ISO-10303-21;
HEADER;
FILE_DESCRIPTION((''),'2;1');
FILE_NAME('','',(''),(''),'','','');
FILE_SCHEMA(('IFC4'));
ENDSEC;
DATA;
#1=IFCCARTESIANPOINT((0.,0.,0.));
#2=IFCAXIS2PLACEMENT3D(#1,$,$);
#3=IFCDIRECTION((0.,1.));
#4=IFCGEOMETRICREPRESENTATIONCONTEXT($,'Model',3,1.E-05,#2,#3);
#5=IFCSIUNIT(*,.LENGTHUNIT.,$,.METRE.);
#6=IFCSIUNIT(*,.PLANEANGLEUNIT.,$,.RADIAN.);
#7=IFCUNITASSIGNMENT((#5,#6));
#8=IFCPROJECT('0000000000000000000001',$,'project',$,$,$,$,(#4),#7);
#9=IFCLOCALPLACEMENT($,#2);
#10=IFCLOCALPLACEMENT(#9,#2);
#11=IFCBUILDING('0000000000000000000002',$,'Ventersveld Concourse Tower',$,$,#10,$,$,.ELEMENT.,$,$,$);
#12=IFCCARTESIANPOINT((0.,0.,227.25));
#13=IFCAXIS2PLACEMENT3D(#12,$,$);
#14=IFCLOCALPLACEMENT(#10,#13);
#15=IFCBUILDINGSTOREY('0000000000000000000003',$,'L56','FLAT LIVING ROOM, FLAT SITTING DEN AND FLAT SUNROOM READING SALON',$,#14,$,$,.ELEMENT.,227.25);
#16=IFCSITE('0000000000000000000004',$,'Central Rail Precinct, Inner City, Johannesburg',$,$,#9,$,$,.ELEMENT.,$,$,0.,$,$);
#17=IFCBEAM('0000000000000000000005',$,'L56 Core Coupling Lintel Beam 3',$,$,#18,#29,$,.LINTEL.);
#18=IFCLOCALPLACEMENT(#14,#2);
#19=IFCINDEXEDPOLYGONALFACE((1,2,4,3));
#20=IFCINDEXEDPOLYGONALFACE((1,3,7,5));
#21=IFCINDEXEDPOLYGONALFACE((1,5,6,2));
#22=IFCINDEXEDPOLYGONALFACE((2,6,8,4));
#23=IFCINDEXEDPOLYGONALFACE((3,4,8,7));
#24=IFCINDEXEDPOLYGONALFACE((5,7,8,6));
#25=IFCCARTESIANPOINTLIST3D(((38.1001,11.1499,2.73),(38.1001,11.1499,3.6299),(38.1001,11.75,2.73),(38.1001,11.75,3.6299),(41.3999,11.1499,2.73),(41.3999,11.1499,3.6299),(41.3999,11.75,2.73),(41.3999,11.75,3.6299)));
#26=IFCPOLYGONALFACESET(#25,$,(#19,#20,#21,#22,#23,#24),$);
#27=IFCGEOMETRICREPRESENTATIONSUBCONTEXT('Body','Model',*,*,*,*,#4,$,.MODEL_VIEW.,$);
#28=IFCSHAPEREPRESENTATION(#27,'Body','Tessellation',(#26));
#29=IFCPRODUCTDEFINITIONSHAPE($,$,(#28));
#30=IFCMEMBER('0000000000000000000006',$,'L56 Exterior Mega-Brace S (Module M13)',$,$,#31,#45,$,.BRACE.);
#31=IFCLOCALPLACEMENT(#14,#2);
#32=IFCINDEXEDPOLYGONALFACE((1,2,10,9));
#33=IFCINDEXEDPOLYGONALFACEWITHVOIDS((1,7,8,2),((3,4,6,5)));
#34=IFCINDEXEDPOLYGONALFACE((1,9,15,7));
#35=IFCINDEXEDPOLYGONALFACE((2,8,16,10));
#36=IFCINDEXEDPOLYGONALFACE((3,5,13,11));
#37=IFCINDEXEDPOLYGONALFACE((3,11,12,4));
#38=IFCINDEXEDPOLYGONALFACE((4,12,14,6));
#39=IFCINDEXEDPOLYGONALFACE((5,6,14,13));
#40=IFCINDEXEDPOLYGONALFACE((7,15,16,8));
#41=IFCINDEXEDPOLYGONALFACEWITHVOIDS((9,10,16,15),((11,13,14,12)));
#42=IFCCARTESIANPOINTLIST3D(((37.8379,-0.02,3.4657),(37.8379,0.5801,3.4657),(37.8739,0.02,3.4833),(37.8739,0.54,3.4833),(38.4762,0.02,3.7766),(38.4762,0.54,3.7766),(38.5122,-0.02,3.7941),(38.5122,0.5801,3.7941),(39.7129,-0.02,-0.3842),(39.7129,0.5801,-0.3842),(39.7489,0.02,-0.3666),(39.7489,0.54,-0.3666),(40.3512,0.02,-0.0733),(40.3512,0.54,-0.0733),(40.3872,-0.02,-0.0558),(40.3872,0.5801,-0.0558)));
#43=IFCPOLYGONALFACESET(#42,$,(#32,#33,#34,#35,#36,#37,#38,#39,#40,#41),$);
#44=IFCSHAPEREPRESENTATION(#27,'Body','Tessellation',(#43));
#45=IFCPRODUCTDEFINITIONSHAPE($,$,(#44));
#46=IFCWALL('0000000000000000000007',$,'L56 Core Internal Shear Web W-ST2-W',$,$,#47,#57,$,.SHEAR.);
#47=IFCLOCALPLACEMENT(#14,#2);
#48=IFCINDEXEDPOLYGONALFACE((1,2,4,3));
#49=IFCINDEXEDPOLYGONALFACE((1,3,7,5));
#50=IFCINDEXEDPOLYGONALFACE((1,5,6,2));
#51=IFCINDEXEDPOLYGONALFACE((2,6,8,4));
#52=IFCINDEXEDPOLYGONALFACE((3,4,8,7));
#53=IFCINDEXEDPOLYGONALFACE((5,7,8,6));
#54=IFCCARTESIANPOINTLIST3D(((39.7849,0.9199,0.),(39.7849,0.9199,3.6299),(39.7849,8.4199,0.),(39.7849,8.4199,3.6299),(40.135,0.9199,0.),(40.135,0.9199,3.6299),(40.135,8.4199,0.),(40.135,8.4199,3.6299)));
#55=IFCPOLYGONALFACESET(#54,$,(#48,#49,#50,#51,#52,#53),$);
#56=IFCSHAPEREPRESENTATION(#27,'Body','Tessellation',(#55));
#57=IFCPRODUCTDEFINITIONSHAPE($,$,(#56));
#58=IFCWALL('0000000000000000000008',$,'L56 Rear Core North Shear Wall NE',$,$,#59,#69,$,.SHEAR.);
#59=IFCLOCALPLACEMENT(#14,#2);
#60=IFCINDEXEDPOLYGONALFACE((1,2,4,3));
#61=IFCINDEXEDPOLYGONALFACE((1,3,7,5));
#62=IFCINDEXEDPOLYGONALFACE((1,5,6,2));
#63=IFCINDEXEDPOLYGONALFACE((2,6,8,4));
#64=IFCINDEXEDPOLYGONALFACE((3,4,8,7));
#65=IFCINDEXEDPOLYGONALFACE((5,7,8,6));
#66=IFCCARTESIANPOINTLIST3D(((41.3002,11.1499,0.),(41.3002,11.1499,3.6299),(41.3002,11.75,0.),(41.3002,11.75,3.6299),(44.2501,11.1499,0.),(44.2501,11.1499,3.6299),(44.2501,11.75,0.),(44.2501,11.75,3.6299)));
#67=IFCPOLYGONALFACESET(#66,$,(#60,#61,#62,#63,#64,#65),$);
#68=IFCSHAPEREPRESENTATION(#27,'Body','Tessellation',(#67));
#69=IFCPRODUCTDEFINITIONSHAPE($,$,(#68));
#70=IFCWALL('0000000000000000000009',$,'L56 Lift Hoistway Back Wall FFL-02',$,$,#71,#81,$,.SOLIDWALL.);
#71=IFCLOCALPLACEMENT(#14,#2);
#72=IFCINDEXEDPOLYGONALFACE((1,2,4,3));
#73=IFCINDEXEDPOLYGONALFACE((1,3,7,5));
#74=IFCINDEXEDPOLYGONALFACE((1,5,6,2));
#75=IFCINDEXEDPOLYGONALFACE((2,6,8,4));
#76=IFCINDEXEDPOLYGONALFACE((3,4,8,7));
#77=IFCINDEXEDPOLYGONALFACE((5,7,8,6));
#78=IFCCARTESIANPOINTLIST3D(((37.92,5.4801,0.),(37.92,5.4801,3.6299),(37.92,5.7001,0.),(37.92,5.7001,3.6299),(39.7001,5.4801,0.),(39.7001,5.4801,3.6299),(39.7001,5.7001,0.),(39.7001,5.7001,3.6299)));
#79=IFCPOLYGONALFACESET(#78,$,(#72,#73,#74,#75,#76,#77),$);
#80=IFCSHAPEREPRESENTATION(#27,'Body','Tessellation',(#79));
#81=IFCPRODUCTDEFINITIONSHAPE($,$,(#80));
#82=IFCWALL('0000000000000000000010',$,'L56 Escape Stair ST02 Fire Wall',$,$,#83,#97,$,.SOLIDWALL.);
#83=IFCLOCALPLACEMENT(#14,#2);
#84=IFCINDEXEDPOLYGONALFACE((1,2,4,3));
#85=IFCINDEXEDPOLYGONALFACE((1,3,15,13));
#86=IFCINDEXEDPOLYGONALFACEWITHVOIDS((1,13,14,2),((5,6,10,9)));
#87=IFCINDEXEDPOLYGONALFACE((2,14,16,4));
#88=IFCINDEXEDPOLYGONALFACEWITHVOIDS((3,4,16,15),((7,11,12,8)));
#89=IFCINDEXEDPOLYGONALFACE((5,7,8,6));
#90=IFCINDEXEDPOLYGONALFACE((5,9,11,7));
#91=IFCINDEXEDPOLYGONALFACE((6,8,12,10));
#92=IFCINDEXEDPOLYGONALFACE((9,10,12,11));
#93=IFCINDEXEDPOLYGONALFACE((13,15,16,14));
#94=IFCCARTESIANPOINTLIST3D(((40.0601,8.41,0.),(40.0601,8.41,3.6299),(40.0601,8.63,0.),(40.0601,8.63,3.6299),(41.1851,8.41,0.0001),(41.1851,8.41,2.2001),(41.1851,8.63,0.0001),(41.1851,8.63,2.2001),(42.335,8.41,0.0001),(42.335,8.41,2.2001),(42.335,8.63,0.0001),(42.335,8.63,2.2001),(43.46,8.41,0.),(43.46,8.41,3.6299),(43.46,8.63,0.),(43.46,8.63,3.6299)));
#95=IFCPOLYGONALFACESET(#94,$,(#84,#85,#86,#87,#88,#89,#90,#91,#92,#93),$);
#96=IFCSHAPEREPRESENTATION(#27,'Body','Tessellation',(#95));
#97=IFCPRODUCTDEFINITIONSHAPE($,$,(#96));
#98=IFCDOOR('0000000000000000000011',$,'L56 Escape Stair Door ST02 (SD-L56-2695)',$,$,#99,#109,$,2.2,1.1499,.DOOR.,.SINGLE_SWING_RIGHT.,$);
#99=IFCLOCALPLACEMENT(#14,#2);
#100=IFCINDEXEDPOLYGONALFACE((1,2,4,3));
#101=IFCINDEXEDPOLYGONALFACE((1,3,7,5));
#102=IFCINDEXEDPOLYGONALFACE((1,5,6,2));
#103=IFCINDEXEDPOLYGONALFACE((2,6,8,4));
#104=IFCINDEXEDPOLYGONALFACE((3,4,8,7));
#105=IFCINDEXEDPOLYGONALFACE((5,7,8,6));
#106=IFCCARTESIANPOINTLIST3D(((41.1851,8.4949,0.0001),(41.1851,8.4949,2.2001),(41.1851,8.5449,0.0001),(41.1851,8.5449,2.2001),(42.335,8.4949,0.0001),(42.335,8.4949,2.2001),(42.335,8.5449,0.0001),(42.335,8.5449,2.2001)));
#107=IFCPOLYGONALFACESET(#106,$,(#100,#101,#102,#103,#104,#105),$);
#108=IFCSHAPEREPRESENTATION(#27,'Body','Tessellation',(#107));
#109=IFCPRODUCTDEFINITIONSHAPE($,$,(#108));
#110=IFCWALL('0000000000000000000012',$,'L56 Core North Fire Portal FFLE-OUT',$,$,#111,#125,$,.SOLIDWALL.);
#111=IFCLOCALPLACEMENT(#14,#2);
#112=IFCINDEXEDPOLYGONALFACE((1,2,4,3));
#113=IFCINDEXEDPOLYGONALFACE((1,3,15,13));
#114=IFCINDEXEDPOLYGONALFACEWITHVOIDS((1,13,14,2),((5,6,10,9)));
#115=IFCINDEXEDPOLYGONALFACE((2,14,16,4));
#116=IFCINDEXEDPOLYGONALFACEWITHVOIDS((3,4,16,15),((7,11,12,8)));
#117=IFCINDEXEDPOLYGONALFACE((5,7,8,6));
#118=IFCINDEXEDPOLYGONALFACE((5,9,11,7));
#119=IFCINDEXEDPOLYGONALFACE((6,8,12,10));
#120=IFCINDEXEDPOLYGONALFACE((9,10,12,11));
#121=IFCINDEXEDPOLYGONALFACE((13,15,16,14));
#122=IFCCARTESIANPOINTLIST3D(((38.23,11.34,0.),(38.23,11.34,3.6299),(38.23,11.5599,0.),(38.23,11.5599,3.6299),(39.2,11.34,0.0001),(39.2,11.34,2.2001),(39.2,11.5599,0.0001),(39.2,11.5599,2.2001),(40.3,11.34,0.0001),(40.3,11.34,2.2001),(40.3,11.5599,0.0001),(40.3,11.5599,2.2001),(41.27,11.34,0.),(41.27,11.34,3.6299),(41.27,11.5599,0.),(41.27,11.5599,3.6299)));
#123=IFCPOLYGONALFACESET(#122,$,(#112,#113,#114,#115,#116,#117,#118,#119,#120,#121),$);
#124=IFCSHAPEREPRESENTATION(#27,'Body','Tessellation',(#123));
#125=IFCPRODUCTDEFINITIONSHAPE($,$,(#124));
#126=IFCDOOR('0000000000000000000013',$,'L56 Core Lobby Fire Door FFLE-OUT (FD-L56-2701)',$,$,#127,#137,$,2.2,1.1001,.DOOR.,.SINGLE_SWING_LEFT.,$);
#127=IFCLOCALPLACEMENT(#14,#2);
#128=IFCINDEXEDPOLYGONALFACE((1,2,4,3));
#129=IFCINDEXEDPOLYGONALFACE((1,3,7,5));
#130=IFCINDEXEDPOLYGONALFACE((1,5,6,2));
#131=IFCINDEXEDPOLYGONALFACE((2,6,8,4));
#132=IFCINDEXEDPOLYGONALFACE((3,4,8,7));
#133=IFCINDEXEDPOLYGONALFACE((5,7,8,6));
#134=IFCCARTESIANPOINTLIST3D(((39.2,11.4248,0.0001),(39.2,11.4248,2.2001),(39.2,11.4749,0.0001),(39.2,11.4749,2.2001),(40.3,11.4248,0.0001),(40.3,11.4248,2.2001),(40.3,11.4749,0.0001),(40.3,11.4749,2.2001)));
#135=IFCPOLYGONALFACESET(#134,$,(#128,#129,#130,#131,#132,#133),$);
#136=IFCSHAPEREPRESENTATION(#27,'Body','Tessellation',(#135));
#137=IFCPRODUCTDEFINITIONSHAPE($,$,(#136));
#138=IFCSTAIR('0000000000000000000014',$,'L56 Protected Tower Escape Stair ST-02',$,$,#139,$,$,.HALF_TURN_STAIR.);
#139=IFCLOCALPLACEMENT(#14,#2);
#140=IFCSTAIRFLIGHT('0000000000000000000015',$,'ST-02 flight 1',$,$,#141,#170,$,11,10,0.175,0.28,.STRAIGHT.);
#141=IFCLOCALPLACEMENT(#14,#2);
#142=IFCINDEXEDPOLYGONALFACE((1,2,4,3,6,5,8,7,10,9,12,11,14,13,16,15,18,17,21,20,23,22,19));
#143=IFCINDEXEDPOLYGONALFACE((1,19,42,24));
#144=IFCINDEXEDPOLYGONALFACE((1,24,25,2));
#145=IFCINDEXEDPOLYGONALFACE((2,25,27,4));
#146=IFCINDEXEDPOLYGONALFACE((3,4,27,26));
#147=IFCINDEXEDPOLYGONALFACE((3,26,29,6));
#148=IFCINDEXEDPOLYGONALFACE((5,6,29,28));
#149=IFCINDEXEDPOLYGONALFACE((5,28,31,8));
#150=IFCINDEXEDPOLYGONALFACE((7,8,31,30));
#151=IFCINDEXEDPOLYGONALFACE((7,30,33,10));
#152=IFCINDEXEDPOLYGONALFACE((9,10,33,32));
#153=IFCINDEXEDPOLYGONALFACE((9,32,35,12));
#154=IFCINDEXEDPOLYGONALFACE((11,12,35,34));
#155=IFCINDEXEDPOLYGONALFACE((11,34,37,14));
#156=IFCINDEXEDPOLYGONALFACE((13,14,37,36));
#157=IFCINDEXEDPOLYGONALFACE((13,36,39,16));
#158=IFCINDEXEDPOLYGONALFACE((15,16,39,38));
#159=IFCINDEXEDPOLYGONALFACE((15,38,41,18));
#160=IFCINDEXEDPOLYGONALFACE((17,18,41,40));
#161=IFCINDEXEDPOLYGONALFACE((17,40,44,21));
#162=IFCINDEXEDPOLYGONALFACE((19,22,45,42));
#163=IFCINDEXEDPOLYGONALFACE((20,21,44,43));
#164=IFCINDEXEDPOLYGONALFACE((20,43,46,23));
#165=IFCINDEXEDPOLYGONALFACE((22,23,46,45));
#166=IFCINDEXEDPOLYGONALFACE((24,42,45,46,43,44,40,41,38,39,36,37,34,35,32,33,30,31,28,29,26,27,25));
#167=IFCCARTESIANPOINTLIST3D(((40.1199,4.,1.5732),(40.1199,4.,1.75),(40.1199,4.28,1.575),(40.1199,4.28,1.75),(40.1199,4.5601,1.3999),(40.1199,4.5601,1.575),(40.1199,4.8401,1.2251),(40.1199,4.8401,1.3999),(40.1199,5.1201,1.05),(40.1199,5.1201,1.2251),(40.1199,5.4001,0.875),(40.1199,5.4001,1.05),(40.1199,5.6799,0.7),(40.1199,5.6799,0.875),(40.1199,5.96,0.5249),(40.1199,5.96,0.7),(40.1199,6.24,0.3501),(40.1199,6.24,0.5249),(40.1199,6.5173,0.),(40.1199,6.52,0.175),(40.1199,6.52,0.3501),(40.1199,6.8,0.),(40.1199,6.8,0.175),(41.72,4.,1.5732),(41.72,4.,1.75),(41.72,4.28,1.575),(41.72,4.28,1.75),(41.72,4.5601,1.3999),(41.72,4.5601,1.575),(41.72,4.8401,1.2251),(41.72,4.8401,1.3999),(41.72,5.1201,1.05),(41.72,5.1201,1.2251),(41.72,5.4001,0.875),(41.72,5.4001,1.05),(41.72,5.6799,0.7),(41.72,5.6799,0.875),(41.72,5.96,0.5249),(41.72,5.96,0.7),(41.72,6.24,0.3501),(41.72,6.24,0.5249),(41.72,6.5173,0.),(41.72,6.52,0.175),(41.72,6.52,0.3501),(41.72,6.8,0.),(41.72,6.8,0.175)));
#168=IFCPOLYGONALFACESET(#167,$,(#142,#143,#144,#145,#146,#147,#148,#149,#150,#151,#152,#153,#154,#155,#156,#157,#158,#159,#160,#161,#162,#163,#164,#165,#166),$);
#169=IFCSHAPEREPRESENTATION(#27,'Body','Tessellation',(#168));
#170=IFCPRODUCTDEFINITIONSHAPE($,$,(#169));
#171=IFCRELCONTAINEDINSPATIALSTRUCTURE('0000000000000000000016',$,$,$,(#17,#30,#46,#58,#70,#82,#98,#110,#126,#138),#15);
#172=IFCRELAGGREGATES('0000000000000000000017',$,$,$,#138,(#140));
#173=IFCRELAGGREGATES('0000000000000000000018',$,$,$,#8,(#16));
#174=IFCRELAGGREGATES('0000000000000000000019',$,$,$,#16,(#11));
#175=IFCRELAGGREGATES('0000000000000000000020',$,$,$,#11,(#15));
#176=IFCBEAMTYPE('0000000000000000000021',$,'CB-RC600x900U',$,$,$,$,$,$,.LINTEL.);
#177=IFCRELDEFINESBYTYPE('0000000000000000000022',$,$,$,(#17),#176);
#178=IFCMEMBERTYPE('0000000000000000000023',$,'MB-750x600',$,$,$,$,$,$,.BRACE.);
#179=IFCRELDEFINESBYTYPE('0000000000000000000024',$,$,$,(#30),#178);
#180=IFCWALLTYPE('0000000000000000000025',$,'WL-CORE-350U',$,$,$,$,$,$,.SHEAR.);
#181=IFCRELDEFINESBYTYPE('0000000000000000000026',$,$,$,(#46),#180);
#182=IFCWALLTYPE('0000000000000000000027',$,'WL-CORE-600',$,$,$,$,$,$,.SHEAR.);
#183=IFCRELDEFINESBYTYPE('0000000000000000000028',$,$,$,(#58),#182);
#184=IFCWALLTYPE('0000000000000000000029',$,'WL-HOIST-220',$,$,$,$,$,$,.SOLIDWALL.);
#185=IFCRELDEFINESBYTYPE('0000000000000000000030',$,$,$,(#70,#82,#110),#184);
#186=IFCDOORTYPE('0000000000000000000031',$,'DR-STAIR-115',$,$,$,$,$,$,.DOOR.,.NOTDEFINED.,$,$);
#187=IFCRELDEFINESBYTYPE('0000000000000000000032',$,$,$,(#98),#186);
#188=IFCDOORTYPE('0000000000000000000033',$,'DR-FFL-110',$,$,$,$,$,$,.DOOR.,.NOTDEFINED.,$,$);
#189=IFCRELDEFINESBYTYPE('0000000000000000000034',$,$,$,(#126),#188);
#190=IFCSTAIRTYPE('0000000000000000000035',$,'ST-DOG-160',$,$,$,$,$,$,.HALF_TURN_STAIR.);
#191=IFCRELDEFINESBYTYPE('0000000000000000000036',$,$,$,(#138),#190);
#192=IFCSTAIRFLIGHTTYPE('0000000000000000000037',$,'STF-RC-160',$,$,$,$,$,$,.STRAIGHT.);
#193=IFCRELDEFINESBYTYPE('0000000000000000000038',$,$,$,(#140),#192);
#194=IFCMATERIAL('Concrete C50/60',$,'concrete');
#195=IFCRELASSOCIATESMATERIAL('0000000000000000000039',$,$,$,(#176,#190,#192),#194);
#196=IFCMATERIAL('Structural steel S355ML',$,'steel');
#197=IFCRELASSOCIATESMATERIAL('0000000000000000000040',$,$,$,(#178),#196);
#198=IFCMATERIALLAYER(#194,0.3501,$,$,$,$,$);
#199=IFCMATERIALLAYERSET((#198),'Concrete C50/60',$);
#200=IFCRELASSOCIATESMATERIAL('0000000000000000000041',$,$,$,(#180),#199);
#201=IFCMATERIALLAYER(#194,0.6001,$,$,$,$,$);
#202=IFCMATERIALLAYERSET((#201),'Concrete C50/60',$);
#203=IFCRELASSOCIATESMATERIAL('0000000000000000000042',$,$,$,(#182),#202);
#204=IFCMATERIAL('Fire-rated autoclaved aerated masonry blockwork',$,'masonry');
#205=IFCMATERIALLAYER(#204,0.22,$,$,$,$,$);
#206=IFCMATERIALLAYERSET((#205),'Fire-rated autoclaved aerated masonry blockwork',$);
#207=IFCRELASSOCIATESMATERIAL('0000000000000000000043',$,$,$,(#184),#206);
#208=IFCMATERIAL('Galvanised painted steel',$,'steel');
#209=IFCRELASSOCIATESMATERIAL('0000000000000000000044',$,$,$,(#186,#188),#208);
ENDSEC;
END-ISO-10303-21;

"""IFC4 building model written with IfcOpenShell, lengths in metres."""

from ifc_helpers import new_model, si_unit, direction, frame, frame_2d, origin, origin_2d, place, context, subcontext, project, spatial, polyline, rectangle, hollow_rectangle, outline, extrude, material, layer, layer_set, material_profile, profile_set, type_object, element, fill, aggregate, save


model = new_model("IFC4")

# Units and contexts
model_context = context("Model", 3, precision=1e-05, world=origin(), true_north=direction((0.0, 1.0)))
body_context = subcontext(model_context, "Body", "Model", "MODEL_VIEW")
ifc_project = project(units=[si_unit("LENGTHUNIT", "METRE"), si_unit("PLANEANGLEUNIT", "RADIAN")], contexts=[model_context])

# Site, building, storey
site_placement = place(None, origin())
site = spatial("IfcSite", under=ifc_project, at=site_placement, Name="Central Rail Precinct, Inner City, Johannesburg", CompositionType="ELEMENT", RefElevation=0.0)
building_placement = place(site_placement, origin())
building = spatial("IfcBuilding", under=site, at=building_placement, Name="Ventersveld Concourse Tower", CompositionType="ELEMENT")
storey_placement = place(building_placement, frame((0.0, 0.0, 227.25)))
storey = spatial("IfcBuildingStorey", under=building, at=storey_placement, Name="L56", Description="FLAT LIVING ROOM, FLAT SITTING DEN AND FLAT SUNROOM READING SALON", CompositionType="ELEMENT", Elevation=227.25)

# Beam
ifc_material_1 = material(Name="Concrete C50/60", Category="concrete")
ifc_material_profile_1 = material_profile(ifc_material_1, rectangle(XDim=0.6001, YDim=0.8999, at=origin_2d()), Name="RC 600x900")
ifc_profile_set_1 = profile_set([ifc_material_profile_1], Name="Concrete C50/60")
beam_type = type_object("IfcBeamType", Name="CB-RC600x900U", PredefinedType="LINTEL", material=ifc_profile_set_1)
beam_placement = place(storey_placement, frame((38.1001, 11.45, 3.1799), z_axis=(1.0, 0.0, 0.0), x_axis=(0.0, 1.0, 0.0)))
element("IfcBeam", 1, at=beam_placement, inside=storey, type_object=beam_type, Name="L56 Core Coupling Lintel Beam 3", PredefinedType="LINTEL", context=body_context, shape_type="SweptSolid", body=[
    extrude(rectangle(XDim=0.6001, YDim=0.8999, at=origin_2d()), origin(), (0.0, 0.0, 1.0), 3.2998),
])

# Member
ifc_material_2 = material(Name="Structural steel S355ML", Category="steel")
ifc_material_profile_2 = material_profile(ifc_material_2, hollow_rectangle(XDim=0.6001, YDim=0.75, WallThickness=0.04, at=origin_2d()), Name="BOX 750x600x40")
ifc_profile_set_2 = profile_set([ifc_material_profile_2], Name="Structural steel S355ML")
member_type = type_object("IfcMemberType", Name="MB-750x600", PredefinedType="BRACE", material=ifc_profile_set_2)
member_placement = place(storey_placement, frame((40.05, 0.28, -0.22), z_axis=(-0.437862, 0.0, 0.899042), x_axis=(0.0, -1.0, 0.0)))
element("IfcMember", 2, at=member_placement, inside=storey, type_object=member_type, Name="L56 Exterior Mega-Brace S (Module M13)", PredefinedType="BRACE", context=body_context, shape_type="SweptSolid", body=[
    extrude(hollow_rectangle(XDim=0.6001, YDim=0.75, WallThickness=0.04, at=origin_2d()), origin(), (0.0, 0.0, 1.0), 4.2822),
])

# Walls
ifc_layer_1 = layer(ifc_material_1, 0.3501)
ifc_layer_set_1 = layer_set([ifc_layer_1], Name="Concrete C50/60")
wall_type_1 = type_object("IfcWallType", Name="WL-CORE-350U", PredefinedType="SHEAR", material=ifc_layer_set_1)
wall_1_placement = place(storey_placement, frame((39.96, 0.9199, 0.0), z_axis=(0.0, 0.0, 1.0), x_axis=(0.0, 1.0, 0.0)))
element("IfcWall", 3, at=wall_1_placement, inside=storey, type_object=wall_type_1, Name="L56 Core Internal Shear Web W-ST2-W", PredefinedType="SHEAR", context=body_context, shape_type="SweptSolid", body=[
    extrude(rectangle(XDim=7.5, YDim=0.3501, at=frame_2d((3.75, 0.0))), origin(), (0.0, 0.0, 1.0), 3.6299),
])
ifc_layer_2 = layer(ifc_material_1, 0.6001)
ifc_layer_set_2 = layer_set([ifc_layer_2], Name="Concrete C50/60")
wall_type_2 = type_object("IfcWallType", Name="WL-CORE-600", PredefinedType="SHEAR", material=ifc_layer_set_2)
wall_2_placement = place(storey_placement, frame((41.3, 11.45, 0.0), z_axis=(0.0, 0.0, 1.0), x_axis=(1.0, 0.0, 0.0)))
element("IfcWall", 4, at=wall_2_placement, inside=storey, type_object=wall_type_2, Name="L56 Rear Core North Shear Wall NE", PredefinedType="SHEAR", context=body_context, shape_type="SweptSolid", body=[
    extrude(rectangle(XDim=2.95, YDim=0.6001, at=frame_2d((1.4751, 0.0))), origin(), (0.0, 0.0, 1.0), 3.6299),
])
ifc_material_3 = material(Name="Fire-rated autoclaved aerated masonry blockwork", Category="masonry")
ifc_layer_3 = layer(ifc_material_3, 0.22)
ifc_layer_set_3 = layer_set([ifc_layer_3], Name="Fire-rated autoclaved aerated masonry blockwork")
wall_type_3 = type_object("IfcWallType", Name="WL-HOIST-220", PredefinedType="SOLIDWALL", material=ifc_layer_set_3)
wall_3_placement = place(storey_placement, frame((37.9199, 5.5901, 0.0), z_axis=(0.0, 0.0, 1.0), x_axis=(1.0, 0.0, 0.0)))
element("IfcWall", 5, at=wall_3_placement, inside=storey, type_object=wall_type_3, Name="L56 Lift Hoistway Back Wall FFL-02", PredefinedType="SOLIDWALL", context=body_context, shape_type="SweptSolid", body=[
    extrude(rectangle(XDim=1.78, YDim=0.22, at=frame_2d((0.8901, 0.0))), origin(), (0.0, 0.0, 1.0), 3.6299),
])

# Walls, openings, doors
wall_4_placement = place(storey_placement, frame((40.0601, 8.52, 0.0), z_axis=(0.0, 0.0, 1.0), x_axis=(1.0, 0.0, 0.0)))
wall_4 = element("IfcWall", 6, at=wall_4_placement, inside=storey, type_object=wall_type_3, Name="L56 Escape Stair ST02 Fire Wall", PredefinedType="SOLIDWALL", context=body_context, shape_type="SweptSolid", body=[
    extrude(rectangle(XDim=3.3999, YDim=0.22, at=frame_2d((1.7, 0.0))), origin(), (0.0, 0.0, 1.0), 3.6299),
])
opening_1_placement = place(wall_4_placement, frame((1.125, 0.0, 0.0)))
opening_1 = element("IfcOpeningElement", 7, at=opening_1_placement, cuts=wall_4, PredefinedType="OPENING", context=body_context, shape_type="SweptSolid", body=[
    extrude(rectangle(XDim=1.1499, YDim=2.2, at=frame_2d((0.575, 1.1001))), frame((0.0, 0.1201, 0.0), z_axis=(0.0, -1.0, 0.0), x_axis=(1.0, 0.0, 0.0)), (0.0, 0.0, 1.0), 0.24),
])
ifc_material_4 = material(Name="Galvanised painted steel", Category="steel")
door_type_1 = type_object("IfcDoorType", Name="DR-STAIR-115", OperationType="NOTDEFINED", PredefinedType="DOOR", material=ifc_material_4)
door_1_placement = place(opening_1_placement, origin())
door_1 = element("IfcDoor", 8, at=door_1_placement, inside=storey, type_object=door_type_1, Name="L56 Escape Stair Door ST02 (SD-L56-2695)", OperationType="SINGLE_SWING_RIGHT", OverallHeight=2.2, OverallWidth=1.1499, PredefinedType="DOOR", context=body_context, shape_type="SweptSolid", body=[
    extrude(rectangle(XDim=1.1499, YDim=2.2, at=frame_2d((0.575, 1.1001))), frame((0.0, 0.0249, 0.0), z_axis=(0.0, -1.0, 0.0), x_axis=(1.0, 0.0, 0.0)), (0.0, 0.0, 1.0), 0.05),
])
fill(opening_1, door_1)
wall_5_placement = place(storey_placement, frame((38.23, 11.45, 0.0), z_axis=(0.0, 0.0, 1.0), x_axis=(1.0, 0.0, 0.0)))
wall_5 = element("IfcWall", 9, at=wall_5_placement, inside=storey, type_object=wall_type_3, Name="L56 Core North Fire Portal FFLE-OUT", PredefinedType="SOLIDWALL", context=body_context, shape_type="SweptSolid", body=[
    extrude(rectangle(XDim=3.04, YDim=0.22, at=frame_2d((1.52, 0.0))), origin(), (0.0, 0.0, 1.0), 3.6299),
])
opening_2_placement = place(wall_5_placement, frame((0.97, 0.0, 0.0)))
opening_2 = element("IfcOpeningElement", 10, at=opening_2_placement, cuts=wall_5, PredefinedType="OPENING", context=body_context, shape_type="SweptSolid", body=[
    extrude(rectangle(XDim=1.1001, YDim=2.2, at=frame_2d((0.55, 1.1001))), frame((0.0, 0.1201, 0.0), z_axis=(0.0, -1.0, 0.0), x_axis=(1.0, 0.0, 0.0)), (0.0, 0.0, 1.0), 0.24),
])
door_type_2 = type_object("IfcDoorType", Name="DR-FFL-110", OperationType="NOTDEFINED", PredefinedType="DOOR", material=ifc_material_4)
door_2_placement = place(opening_2_placement, origin())
door_2 = element("IfcDoor", 11, at=door_2_placement, inside=storey, type_object=door_type_2, Name="L56 Core Lobby Fire Door FFLE-OUT (FD-L56-2701)", OperationType="SINGLE_SWING_LEFT", OverallHeight=2.2, OverallWidth=1.1001, PredefinedType="DOOR", context=body_context, shape_type="SweptSolid", body=[
    extrude(rectangle(XDim=1.1001, YDim=2.2, at=frame_2d((0.55, 1.1001))), frame((0.0, 0.0249, 0.0), z_axis=(0.0, -1.0, 0.0), x_axis=(1.0, 0.0, 0.0)), (0.0, 0.0, 1.0), 0.05),
])
fill(opening_2, door_2)

# Stair, stair flight
stair_type = type_object("IfcStairType", Name="ST-DOG-160", PredefinedType="HALF_TURN_STAIR", material=ifc_material_1)
stair_placement = place(storey_placement, origin())
stair = element("IfcStair", 12, at=stair_placement, inside=storey, type_object=stair_type, Name="L56 Protected Tower Escape Stair ST-02", PredefinedType="HALF_TURN_STAIR")
stair_flight_type = type_object("IfcStairFlightType", Name="STF-RC-160", PredefinedType="STRAIGHT", material=ifc_material_1)
stair_flight_1_placement = place(storey_placement, frame((40.9199, 6.8, 0.0), z_axis=(0.0, 0.0, 1.0), x_axis=(0.0, -1.0, 0.0)))
stair_flight_1 = element("IfcStairFlight", 13, at=stair_flight_1_placement, type_object=stair_flight_type, Name="ST-02 flight 1", NumberOfRisers=11, NumberOfTreads=10, PredefinedType="STRAIGHT", RiserHeight=0.175, TreadLength=0.28, context=body_context, shape_type="SweptSolid", body=[
    extrude(outline(polyline([(0.0, 0.0), (0.0, 0.175), (0.28, 0.175), (0.28, 0.3501), (0.5601, 0.3501), (0.5601, 0.5249), (0.8401, 0.5249), (0.8401, 0.7), (1.1201, 0.7), (1.1201, 0.875), (1.3999, 0.875), (1.3999, 1.05), (1.6799, 1.05), (1.6799, 1.2251), (1.96, 1.2251), (1.96, 1.3999), (2.24, 1.3999), (2.24, 1.575), (2.52, 1.575), (2.52, 1.75), (2.8, 1.75), (2.8, 1.925), (2.8, 1.5732), (0.2827, 0.0), (0.0, 0.0)])), frame((0.0, 0.8, 0.0), z_axis=(0.0, -1.0, 0.0), x_axis=(1.0, 0.0, 0.0)), (0.0, 0.0, 1.0), 1.6001),
])
aggregate(stair, [stair_flight_1])

save(model, "model.ifc")
